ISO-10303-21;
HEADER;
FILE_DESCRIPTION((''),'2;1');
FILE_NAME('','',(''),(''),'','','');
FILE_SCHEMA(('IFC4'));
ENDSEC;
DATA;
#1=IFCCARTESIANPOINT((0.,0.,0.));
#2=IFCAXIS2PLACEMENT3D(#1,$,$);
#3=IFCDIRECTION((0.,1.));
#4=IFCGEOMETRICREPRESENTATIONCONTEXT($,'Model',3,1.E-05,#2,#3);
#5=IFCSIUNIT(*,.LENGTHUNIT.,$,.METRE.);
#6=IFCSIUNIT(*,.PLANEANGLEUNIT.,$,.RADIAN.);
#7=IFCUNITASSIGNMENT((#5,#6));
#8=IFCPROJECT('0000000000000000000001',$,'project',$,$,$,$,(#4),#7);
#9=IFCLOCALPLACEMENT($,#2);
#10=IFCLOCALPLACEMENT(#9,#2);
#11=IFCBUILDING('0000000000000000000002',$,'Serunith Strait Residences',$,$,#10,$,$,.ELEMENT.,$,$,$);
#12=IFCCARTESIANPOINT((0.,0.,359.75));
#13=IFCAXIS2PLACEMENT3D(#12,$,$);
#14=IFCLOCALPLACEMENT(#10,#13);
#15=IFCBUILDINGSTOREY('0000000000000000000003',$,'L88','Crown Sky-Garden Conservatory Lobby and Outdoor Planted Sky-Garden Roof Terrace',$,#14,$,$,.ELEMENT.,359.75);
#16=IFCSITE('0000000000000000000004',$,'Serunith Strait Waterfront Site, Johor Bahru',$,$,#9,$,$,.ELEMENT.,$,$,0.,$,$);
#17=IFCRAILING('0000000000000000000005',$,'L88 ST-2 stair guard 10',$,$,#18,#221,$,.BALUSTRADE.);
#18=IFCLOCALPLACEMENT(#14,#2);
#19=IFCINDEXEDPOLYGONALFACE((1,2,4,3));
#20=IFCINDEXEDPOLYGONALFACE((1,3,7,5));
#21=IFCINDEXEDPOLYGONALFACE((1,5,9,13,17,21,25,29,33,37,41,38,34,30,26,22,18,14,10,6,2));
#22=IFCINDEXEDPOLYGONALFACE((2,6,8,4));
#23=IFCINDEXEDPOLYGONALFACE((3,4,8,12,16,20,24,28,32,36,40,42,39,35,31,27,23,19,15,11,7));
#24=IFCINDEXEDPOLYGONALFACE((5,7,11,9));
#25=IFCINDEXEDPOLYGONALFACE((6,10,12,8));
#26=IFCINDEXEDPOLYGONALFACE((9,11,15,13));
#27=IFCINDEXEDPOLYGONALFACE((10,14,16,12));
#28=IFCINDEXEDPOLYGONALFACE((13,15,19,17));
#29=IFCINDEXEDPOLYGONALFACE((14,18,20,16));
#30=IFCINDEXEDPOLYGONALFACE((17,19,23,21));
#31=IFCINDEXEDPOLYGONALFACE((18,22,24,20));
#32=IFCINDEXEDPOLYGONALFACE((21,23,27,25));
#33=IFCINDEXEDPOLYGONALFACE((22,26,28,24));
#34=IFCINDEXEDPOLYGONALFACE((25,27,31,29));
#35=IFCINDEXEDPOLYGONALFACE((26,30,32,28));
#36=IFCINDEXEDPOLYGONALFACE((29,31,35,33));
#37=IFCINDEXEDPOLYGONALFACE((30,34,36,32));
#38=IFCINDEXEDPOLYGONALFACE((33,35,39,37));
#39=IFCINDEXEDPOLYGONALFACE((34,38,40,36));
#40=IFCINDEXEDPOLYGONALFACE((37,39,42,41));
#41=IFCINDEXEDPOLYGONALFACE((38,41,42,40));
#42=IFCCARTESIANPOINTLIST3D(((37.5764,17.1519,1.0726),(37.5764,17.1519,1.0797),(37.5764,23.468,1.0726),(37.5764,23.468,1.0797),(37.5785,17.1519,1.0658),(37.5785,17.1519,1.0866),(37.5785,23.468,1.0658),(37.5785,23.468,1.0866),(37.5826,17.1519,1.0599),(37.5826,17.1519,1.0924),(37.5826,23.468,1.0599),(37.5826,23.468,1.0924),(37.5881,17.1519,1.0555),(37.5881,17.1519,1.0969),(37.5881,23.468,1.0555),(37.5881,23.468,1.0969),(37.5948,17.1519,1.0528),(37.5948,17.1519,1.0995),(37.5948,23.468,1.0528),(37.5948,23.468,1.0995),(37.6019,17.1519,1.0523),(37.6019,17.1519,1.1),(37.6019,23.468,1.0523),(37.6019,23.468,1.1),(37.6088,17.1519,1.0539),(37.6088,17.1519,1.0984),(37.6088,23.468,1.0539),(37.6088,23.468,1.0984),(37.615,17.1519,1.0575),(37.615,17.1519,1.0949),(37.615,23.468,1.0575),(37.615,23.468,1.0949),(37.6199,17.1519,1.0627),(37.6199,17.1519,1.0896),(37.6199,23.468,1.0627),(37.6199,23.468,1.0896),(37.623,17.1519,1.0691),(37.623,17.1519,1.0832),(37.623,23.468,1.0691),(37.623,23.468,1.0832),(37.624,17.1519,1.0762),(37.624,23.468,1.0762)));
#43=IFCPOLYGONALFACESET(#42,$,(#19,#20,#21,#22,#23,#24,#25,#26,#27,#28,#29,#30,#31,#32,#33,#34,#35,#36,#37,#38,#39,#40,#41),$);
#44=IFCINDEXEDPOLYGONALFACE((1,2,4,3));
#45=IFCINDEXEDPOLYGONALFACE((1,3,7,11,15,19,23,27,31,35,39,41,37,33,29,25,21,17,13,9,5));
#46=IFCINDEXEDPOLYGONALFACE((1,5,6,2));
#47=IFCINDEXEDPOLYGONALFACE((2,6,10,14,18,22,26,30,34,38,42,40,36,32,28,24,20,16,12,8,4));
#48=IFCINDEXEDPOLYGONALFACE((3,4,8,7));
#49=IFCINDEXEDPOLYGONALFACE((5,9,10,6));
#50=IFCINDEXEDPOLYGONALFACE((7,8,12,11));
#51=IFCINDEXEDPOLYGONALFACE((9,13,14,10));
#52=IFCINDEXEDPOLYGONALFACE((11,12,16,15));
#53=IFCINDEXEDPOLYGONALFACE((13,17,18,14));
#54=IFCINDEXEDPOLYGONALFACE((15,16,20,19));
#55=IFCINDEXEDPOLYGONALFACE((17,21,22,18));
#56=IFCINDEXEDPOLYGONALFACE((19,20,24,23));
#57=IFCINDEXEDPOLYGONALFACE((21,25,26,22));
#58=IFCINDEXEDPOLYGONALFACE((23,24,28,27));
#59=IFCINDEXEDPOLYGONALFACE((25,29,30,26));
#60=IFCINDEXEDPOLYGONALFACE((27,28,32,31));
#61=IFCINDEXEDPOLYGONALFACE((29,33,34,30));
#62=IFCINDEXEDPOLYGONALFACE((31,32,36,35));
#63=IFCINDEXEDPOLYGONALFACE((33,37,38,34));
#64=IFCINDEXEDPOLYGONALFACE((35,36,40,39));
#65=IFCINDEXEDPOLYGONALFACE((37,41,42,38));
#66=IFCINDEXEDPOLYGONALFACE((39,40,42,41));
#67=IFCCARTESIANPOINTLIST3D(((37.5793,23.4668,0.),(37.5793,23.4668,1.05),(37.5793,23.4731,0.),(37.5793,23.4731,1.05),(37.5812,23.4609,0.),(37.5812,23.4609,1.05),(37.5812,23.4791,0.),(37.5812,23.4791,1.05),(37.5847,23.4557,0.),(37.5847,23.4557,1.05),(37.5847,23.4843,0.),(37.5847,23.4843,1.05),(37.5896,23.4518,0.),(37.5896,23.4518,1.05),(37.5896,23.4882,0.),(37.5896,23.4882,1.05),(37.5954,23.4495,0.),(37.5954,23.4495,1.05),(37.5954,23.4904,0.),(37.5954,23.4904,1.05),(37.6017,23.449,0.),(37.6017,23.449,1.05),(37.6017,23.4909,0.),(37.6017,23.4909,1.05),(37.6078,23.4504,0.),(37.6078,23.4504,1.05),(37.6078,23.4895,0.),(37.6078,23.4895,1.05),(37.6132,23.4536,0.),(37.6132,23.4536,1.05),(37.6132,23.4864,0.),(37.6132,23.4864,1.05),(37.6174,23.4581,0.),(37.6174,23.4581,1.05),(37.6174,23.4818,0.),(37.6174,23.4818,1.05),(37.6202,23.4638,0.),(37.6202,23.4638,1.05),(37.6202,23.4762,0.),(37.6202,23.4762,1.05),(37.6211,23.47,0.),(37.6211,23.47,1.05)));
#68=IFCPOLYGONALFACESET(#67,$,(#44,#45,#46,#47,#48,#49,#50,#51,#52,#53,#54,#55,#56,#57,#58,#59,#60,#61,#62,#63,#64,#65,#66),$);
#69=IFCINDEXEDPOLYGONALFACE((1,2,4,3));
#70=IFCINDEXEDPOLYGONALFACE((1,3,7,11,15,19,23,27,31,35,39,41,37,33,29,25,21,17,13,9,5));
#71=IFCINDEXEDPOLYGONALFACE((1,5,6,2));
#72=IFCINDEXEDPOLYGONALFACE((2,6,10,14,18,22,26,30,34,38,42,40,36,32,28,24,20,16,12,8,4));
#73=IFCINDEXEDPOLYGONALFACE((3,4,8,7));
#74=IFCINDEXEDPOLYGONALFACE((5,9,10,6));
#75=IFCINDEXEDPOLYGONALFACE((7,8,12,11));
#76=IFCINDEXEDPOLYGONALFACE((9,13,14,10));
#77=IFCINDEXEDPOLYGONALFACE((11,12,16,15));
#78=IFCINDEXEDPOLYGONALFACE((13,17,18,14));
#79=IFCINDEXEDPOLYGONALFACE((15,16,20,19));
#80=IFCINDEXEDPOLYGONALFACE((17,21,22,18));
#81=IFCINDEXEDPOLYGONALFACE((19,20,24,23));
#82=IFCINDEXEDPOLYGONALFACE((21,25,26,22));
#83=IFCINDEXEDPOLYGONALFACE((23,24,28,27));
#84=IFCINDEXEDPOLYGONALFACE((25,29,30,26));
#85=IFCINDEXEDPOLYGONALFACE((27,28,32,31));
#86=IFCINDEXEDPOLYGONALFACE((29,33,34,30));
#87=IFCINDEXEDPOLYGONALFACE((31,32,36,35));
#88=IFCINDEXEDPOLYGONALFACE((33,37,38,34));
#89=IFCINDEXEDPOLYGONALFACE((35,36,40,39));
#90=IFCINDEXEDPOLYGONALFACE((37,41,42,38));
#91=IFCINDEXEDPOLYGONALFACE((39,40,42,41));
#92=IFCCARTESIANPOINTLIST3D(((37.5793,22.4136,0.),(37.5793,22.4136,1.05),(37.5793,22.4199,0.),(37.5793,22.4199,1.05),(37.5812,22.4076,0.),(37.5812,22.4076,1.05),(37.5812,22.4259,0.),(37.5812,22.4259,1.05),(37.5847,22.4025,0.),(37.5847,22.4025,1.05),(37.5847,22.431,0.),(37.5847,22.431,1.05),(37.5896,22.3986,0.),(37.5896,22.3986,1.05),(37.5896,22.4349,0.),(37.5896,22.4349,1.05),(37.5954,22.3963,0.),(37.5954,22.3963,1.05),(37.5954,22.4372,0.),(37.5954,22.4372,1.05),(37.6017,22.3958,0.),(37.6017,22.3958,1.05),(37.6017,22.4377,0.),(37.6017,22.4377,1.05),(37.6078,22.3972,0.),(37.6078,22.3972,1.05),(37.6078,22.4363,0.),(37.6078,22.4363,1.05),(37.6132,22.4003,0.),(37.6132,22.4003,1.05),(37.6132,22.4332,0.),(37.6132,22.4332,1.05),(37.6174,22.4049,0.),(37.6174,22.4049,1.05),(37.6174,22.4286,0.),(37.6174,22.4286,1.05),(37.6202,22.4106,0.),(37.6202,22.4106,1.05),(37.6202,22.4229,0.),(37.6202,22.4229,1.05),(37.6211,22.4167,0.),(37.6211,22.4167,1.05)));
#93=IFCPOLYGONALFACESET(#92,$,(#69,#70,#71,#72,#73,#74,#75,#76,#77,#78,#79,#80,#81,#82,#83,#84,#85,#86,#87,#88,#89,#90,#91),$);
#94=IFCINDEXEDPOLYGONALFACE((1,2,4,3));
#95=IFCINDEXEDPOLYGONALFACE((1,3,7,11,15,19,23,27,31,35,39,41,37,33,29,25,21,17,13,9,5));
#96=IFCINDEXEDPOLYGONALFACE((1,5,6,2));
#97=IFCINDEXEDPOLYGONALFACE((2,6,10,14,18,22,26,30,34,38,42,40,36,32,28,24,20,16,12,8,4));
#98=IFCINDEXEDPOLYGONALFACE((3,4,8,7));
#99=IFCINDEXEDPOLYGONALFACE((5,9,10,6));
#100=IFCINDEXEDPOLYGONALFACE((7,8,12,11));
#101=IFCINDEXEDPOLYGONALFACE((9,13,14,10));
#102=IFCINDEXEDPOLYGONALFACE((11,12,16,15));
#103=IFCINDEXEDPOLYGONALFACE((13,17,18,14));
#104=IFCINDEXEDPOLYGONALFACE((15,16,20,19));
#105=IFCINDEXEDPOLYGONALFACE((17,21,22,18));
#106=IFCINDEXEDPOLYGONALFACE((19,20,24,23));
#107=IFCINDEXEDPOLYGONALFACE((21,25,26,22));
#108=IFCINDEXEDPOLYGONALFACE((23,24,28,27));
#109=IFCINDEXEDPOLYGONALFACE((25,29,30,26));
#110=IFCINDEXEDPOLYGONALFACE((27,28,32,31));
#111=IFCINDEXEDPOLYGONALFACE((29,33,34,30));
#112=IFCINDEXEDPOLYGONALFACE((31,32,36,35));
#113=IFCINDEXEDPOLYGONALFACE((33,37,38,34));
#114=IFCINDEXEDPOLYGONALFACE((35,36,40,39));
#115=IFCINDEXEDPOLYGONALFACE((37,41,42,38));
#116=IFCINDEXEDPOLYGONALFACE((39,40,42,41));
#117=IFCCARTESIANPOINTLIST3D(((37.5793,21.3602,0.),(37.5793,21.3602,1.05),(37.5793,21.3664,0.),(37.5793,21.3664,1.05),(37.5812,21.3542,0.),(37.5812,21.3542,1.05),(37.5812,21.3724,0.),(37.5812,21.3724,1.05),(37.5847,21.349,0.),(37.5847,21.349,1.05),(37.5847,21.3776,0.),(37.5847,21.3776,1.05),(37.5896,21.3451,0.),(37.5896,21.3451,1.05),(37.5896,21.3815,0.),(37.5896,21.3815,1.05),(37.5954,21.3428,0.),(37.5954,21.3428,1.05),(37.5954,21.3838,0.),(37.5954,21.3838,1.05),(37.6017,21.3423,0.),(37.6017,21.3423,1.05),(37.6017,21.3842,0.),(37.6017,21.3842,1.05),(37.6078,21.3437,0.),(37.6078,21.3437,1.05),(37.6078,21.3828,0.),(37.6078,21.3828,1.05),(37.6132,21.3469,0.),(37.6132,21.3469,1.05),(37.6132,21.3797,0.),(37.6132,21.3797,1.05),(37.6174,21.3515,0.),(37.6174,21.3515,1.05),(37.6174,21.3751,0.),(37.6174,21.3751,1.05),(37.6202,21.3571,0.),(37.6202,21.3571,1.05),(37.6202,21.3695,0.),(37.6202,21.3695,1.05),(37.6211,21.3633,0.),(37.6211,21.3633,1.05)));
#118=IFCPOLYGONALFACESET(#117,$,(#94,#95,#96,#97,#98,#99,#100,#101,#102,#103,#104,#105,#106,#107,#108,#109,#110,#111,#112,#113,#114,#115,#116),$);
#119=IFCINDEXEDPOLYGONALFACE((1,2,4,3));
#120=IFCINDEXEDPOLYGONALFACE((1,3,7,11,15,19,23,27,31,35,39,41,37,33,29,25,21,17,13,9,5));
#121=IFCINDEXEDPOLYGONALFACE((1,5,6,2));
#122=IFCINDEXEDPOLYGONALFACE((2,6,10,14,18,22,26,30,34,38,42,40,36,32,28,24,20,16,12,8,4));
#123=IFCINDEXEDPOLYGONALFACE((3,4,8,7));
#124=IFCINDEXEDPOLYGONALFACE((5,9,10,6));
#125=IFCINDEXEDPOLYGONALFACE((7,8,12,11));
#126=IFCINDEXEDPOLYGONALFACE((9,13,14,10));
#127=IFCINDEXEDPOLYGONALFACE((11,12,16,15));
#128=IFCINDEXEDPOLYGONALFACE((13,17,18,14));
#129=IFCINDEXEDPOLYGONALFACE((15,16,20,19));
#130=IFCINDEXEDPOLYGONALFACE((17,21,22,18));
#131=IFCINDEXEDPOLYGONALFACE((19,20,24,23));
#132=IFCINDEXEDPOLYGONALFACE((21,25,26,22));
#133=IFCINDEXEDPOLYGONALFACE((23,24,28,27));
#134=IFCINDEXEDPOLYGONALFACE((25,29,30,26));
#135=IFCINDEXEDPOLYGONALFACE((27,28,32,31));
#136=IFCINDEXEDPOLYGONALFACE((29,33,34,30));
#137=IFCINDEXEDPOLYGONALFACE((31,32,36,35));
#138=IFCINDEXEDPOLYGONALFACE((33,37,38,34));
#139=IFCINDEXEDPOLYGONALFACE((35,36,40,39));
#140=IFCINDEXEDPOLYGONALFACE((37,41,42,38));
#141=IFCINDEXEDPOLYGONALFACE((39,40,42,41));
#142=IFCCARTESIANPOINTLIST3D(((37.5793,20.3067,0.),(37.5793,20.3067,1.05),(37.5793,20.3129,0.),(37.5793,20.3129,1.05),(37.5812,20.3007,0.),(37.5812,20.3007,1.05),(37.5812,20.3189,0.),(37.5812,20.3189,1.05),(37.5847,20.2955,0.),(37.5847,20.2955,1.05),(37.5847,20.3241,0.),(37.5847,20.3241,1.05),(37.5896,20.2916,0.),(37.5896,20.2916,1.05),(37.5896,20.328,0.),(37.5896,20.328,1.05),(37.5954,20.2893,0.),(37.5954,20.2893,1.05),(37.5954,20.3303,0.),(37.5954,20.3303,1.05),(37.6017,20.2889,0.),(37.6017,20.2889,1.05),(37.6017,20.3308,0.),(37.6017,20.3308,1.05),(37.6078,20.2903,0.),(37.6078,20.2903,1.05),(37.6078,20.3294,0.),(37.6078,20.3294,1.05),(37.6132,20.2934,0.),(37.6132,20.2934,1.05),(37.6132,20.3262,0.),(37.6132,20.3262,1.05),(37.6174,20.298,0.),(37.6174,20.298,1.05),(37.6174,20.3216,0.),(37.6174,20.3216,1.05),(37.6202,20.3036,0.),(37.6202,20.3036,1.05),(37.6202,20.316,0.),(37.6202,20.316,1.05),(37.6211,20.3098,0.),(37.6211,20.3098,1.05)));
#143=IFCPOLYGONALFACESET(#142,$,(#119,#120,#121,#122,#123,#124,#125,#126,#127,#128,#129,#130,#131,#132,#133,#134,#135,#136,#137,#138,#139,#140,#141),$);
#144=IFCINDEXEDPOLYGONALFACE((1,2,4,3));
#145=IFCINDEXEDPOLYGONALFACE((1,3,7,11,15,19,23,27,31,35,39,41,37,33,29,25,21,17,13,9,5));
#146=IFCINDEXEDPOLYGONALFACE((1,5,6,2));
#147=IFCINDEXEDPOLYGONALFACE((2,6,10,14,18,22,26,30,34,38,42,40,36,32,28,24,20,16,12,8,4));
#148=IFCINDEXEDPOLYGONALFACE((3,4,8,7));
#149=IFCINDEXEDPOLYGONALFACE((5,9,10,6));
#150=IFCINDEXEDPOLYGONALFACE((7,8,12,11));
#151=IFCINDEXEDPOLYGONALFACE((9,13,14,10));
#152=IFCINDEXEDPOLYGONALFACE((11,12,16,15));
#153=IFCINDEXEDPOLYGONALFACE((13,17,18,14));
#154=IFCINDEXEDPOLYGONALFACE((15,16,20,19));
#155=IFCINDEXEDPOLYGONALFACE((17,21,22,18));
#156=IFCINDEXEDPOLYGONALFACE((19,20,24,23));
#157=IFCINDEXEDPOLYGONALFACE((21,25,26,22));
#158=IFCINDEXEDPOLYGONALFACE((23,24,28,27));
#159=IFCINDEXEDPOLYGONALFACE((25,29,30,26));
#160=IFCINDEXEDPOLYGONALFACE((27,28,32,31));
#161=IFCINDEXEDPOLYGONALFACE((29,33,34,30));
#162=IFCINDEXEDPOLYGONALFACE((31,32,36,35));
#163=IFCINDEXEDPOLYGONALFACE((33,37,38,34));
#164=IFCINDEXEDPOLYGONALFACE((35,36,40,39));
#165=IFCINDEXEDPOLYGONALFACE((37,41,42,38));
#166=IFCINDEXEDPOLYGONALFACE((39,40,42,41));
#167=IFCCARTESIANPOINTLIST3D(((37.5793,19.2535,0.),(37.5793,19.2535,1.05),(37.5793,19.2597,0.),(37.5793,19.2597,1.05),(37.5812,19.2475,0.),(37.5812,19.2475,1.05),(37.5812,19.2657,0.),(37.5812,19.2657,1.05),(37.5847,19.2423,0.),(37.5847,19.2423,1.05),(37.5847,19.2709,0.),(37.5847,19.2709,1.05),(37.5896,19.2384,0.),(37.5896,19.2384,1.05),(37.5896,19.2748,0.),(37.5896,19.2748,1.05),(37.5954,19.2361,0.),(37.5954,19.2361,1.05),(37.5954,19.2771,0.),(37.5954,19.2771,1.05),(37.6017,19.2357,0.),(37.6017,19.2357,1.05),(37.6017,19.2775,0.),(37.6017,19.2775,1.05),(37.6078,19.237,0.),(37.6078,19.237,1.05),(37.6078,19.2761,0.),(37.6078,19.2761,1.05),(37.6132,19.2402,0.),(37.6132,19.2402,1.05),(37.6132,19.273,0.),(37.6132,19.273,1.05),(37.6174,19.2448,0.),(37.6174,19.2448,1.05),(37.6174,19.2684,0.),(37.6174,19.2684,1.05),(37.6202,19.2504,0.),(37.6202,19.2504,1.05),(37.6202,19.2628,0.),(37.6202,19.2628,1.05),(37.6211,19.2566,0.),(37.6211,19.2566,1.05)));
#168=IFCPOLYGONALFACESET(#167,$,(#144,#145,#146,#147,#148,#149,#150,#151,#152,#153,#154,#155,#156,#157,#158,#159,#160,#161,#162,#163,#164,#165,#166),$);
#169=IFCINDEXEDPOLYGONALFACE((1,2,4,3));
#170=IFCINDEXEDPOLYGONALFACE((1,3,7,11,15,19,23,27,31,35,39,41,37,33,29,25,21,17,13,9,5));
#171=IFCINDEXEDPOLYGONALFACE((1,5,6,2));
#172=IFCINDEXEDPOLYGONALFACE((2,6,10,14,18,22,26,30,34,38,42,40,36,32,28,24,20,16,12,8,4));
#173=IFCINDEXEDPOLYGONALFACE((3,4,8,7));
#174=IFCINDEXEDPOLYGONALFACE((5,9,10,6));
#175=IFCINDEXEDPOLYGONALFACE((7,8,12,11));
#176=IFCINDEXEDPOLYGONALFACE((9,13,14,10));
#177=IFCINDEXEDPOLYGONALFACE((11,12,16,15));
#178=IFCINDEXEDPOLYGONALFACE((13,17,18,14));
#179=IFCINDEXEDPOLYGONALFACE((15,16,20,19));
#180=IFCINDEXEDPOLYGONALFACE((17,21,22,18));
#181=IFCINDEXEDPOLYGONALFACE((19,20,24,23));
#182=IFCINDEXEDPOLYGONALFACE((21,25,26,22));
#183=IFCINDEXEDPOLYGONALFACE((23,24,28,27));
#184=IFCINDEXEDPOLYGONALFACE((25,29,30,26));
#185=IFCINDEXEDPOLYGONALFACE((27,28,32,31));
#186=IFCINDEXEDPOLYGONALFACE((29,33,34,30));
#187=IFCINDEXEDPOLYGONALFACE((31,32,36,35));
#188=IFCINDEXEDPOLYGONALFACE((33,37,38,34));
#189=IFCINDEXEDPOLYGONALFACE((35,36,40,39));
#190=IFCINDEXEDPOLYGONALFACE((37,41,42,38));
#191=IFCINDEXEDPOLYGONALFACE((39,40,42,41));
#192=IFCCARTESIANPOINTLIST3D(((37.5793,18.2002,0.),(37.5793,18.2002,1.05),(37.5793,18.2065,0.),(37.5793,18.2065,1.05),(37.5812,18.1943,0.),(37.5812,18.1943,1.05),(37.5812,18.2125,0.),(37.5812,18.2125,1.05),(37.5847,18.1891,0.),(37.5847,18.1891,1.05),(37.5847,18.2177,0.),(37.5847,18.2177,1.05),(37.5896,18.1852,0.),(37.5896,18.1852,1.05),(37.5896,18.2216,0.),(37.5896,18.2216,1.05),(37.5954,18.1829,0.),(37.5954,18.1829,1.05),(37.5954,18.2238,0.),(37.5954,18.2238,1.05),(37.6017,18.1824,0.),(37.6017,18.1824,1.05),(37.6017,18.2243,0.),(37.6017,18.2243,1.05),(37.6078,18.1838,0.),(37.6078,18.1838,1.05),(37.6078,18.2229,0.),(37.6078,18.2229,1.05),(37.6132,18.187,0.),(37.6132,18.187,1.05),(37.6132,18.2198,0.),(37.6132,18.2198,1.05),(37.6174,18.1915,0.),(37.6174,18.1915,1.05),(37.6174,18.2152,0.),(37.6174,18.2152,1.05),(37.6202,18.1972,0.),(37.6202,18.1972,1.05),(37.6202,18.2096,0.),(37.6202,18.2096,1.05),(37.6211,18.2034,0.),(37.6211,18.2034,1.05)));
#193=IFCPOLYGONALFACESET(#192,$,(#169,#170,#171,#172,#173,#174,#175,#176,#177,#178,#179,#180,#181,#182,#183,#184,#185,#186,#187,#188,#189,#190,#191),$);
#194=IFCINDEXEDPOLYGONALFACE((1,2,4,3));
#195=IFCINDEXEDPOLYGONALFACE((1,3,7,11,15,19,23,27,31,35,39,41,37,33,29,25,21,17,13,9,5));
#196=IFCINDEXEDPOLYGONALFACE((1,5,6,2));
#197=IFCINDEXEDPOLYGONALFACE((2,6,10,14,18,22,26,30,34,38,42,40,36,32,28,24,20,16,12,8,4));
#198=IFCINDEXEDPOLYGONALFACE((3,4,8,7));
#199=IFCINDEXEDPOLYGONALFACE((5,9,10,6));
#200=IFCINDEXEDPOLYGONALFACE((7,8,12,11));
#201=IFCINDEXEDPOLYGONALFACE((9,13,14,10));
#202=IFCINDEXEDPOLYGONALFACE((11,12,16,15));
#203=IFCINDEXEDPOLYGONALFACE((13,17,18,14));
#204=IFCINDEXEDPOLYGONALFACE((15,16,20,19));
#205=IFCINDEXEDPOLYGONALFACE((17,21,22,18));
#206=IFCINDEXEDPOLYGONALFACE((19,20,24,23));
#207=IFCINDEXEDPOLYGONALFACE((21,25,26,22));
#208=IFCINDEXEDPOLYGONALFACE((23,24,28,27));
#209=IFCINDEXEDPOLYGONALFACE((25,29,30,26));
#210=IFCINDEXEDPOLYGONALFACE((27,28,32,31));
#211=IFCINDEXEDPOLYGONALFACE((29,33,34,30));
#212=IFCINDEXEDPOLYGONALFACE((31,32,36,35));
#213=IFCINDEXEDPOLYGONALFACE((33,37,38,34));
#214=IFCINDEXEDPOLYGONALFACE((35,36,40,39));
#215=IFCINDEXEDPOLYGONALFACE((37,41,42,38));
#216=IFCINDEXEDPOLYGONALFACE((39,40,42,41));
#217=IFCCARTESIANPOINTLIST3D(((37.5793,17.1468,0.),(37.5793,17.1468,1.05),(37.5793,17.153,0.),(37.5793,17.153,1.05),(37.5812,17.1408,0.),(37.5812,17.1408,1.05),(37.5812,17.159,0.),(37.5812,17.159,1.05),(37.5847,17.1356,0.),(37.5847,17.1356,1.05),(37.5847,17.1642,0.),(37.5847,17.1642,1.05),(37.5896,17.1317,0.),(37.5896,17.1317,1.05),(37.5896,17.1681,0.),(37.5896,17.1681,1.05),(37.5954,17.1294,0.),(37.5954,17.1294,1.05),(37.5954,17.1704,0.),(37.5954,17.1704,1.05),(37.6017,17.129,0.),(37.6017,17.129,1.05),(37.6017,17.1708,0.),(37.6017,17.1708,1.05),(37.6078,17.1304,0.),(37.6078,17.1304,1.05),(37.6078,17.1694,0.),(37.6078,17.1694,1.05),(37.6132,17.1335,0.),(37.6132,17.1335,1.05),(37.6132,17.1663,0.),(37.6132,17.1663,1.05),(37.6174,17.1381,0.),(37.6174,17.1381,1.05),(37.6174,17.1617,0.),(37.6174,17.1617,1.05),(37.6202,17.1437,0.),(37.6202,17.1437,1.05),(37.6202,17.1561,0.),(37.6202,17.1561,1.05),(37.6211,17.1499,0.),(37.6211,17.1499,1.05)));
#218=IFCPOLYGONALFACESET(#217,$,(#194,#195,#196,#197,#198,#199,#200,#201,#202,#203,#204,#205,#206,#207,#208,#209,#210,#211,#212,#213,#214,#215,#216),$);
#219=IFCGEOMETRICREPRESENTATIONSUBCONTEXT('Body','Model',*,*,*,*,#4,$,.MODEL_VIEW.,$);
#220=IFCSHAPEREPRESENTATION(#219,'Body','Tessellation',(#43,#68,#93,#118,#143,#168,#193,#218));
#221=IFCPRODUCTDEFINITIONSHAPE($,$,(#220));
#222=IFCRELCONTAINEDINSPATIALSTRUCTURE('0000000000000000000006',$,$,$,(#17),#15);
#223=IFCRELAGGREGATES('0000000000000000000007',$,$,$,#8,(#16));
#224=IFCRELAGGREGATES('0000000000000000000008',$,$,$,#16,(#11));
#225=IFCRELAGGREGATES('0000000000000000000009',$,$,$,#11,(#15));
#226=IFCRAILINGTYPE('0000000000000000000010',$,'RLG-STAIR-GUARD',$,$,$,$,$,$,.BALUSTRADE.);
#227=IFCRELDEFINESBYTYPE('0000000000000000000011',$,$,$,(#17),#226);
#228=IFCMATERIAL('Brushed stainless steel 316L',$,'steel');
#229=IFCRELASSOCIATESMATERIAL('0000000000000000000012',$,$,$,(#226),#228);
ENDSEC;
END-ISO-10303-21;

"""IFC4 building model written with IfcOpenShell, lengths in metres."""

from ifc_helpers import new_model, si_unit, direction, frame, origin, origin_2d, place, context, subcontext, project, spatial, circle, extrude, material, type_object, element, save


model = new_model("IFC4")

# Units and contexts
model_context = context("Model", 3, precision=1e-05, world=origin(), true_north=direction((0.0, 1.0)))
body_context = subcontext(model_context, "Body", "Model", "MODEL_VIEW")
ifc_project = project(units=[si_unit("LENGTHUNIT", "METRE"), si_unit("PLANEANGLEUNIT", "RADIAN")], contexts=[model_context])

# Site, building, storey
site_placement = place(None, origin())
site = spatial("IfcSite", under=ifc_project, at=site_placement, Name="Serunith Strait Waterfront Site, Johor Bahru", CompositionType="ELEMENT", RefElevation=0.0)
building_placement = place(site_placement, origin())
building = spatial("IfcBuilding", under=site, at=building_placement, Name="Serunith Strait Residences", CompositionType="ELEMENT")
storey_placement = place(building_placement, frame((0.0, 0.0, 359.75)))
storey = spatial("IfcBuildingStorey", under=building, at=storey_placement, Name="L88", Description="Crown Sky-Garden Conservatory Lobby and Outdoor Planted Sky-Garden Roof Terrace", CompositionType="ELEMENT", Elevation=359.75)

# Railing
ifc_material_1 = material(Name="Brushed stainless steel 316L", Category="steel")
railing_type_1 = type_object("IfcRailingType", Name="RLG-STAIR-GUARD", PredefinedType="BALUSTRADE", material=ifc_material_1)
railing_1_placement = place(storey_placement, frame((37.6001, 23.47, 0.0)))
element("IfcRailing", 1, at=railing_1_placement, inside=storey, type_object=railing_type_1, Name="L88 ST-2 stair guard 10", PredefinedType="BALUSTRADE", context=body_context, shape_type="SweptSolid", body=[
    extrude(circle(Radius=0.0239, at=origin_2d()), frame((0.0, -0.002, 1.0762), z_axis=(0.0, -1.0, 0.0), x_axis=(1.0, 0.0, 0.0)), (0.0, 0.0, 1.0), 6.3162),
    extrude(circle(Radius=0.021, at=origin_2d()), origin(), (0.0, 0.0, 1.0), 1.05),
    extrude(circle(Radius=0.021, at=origin_2d()), frame((0.0, -1.0532, 0.0)), (0.0, 0.0, 1.0), 1.05),
    extrude(circle(Radius=0.021, at=origin_2d()), frame((0.0, -2.1067, 0.0)), (0.0, 0.0, 1.0), 1.05),
    extrude(circle(Radius=0.021, at=origin_2d()), frame((0.0, -3.1602, 0.0)), (0.0, 0.0, 1.0), 1.05),
    extrude(circle(Radius=0.021, at=origin_2d()), frame((0.0, -4.2134, 0.0)), (0.0, 0.0, 1.0), 1.05),
    extrude(circle(Radius=0.021, at=origin_2d()), frame((0.0, -5.2666, 0.0)), (0.0, 0.0, 1.0), 1.05),
    extrude(circle(Radius=0.021, at=origin_2d()), frame((0.0, -6.3201, 0.0)), (0.0, 0.0, 1.0), 1.05),
])

save(model, "model.ifc")
